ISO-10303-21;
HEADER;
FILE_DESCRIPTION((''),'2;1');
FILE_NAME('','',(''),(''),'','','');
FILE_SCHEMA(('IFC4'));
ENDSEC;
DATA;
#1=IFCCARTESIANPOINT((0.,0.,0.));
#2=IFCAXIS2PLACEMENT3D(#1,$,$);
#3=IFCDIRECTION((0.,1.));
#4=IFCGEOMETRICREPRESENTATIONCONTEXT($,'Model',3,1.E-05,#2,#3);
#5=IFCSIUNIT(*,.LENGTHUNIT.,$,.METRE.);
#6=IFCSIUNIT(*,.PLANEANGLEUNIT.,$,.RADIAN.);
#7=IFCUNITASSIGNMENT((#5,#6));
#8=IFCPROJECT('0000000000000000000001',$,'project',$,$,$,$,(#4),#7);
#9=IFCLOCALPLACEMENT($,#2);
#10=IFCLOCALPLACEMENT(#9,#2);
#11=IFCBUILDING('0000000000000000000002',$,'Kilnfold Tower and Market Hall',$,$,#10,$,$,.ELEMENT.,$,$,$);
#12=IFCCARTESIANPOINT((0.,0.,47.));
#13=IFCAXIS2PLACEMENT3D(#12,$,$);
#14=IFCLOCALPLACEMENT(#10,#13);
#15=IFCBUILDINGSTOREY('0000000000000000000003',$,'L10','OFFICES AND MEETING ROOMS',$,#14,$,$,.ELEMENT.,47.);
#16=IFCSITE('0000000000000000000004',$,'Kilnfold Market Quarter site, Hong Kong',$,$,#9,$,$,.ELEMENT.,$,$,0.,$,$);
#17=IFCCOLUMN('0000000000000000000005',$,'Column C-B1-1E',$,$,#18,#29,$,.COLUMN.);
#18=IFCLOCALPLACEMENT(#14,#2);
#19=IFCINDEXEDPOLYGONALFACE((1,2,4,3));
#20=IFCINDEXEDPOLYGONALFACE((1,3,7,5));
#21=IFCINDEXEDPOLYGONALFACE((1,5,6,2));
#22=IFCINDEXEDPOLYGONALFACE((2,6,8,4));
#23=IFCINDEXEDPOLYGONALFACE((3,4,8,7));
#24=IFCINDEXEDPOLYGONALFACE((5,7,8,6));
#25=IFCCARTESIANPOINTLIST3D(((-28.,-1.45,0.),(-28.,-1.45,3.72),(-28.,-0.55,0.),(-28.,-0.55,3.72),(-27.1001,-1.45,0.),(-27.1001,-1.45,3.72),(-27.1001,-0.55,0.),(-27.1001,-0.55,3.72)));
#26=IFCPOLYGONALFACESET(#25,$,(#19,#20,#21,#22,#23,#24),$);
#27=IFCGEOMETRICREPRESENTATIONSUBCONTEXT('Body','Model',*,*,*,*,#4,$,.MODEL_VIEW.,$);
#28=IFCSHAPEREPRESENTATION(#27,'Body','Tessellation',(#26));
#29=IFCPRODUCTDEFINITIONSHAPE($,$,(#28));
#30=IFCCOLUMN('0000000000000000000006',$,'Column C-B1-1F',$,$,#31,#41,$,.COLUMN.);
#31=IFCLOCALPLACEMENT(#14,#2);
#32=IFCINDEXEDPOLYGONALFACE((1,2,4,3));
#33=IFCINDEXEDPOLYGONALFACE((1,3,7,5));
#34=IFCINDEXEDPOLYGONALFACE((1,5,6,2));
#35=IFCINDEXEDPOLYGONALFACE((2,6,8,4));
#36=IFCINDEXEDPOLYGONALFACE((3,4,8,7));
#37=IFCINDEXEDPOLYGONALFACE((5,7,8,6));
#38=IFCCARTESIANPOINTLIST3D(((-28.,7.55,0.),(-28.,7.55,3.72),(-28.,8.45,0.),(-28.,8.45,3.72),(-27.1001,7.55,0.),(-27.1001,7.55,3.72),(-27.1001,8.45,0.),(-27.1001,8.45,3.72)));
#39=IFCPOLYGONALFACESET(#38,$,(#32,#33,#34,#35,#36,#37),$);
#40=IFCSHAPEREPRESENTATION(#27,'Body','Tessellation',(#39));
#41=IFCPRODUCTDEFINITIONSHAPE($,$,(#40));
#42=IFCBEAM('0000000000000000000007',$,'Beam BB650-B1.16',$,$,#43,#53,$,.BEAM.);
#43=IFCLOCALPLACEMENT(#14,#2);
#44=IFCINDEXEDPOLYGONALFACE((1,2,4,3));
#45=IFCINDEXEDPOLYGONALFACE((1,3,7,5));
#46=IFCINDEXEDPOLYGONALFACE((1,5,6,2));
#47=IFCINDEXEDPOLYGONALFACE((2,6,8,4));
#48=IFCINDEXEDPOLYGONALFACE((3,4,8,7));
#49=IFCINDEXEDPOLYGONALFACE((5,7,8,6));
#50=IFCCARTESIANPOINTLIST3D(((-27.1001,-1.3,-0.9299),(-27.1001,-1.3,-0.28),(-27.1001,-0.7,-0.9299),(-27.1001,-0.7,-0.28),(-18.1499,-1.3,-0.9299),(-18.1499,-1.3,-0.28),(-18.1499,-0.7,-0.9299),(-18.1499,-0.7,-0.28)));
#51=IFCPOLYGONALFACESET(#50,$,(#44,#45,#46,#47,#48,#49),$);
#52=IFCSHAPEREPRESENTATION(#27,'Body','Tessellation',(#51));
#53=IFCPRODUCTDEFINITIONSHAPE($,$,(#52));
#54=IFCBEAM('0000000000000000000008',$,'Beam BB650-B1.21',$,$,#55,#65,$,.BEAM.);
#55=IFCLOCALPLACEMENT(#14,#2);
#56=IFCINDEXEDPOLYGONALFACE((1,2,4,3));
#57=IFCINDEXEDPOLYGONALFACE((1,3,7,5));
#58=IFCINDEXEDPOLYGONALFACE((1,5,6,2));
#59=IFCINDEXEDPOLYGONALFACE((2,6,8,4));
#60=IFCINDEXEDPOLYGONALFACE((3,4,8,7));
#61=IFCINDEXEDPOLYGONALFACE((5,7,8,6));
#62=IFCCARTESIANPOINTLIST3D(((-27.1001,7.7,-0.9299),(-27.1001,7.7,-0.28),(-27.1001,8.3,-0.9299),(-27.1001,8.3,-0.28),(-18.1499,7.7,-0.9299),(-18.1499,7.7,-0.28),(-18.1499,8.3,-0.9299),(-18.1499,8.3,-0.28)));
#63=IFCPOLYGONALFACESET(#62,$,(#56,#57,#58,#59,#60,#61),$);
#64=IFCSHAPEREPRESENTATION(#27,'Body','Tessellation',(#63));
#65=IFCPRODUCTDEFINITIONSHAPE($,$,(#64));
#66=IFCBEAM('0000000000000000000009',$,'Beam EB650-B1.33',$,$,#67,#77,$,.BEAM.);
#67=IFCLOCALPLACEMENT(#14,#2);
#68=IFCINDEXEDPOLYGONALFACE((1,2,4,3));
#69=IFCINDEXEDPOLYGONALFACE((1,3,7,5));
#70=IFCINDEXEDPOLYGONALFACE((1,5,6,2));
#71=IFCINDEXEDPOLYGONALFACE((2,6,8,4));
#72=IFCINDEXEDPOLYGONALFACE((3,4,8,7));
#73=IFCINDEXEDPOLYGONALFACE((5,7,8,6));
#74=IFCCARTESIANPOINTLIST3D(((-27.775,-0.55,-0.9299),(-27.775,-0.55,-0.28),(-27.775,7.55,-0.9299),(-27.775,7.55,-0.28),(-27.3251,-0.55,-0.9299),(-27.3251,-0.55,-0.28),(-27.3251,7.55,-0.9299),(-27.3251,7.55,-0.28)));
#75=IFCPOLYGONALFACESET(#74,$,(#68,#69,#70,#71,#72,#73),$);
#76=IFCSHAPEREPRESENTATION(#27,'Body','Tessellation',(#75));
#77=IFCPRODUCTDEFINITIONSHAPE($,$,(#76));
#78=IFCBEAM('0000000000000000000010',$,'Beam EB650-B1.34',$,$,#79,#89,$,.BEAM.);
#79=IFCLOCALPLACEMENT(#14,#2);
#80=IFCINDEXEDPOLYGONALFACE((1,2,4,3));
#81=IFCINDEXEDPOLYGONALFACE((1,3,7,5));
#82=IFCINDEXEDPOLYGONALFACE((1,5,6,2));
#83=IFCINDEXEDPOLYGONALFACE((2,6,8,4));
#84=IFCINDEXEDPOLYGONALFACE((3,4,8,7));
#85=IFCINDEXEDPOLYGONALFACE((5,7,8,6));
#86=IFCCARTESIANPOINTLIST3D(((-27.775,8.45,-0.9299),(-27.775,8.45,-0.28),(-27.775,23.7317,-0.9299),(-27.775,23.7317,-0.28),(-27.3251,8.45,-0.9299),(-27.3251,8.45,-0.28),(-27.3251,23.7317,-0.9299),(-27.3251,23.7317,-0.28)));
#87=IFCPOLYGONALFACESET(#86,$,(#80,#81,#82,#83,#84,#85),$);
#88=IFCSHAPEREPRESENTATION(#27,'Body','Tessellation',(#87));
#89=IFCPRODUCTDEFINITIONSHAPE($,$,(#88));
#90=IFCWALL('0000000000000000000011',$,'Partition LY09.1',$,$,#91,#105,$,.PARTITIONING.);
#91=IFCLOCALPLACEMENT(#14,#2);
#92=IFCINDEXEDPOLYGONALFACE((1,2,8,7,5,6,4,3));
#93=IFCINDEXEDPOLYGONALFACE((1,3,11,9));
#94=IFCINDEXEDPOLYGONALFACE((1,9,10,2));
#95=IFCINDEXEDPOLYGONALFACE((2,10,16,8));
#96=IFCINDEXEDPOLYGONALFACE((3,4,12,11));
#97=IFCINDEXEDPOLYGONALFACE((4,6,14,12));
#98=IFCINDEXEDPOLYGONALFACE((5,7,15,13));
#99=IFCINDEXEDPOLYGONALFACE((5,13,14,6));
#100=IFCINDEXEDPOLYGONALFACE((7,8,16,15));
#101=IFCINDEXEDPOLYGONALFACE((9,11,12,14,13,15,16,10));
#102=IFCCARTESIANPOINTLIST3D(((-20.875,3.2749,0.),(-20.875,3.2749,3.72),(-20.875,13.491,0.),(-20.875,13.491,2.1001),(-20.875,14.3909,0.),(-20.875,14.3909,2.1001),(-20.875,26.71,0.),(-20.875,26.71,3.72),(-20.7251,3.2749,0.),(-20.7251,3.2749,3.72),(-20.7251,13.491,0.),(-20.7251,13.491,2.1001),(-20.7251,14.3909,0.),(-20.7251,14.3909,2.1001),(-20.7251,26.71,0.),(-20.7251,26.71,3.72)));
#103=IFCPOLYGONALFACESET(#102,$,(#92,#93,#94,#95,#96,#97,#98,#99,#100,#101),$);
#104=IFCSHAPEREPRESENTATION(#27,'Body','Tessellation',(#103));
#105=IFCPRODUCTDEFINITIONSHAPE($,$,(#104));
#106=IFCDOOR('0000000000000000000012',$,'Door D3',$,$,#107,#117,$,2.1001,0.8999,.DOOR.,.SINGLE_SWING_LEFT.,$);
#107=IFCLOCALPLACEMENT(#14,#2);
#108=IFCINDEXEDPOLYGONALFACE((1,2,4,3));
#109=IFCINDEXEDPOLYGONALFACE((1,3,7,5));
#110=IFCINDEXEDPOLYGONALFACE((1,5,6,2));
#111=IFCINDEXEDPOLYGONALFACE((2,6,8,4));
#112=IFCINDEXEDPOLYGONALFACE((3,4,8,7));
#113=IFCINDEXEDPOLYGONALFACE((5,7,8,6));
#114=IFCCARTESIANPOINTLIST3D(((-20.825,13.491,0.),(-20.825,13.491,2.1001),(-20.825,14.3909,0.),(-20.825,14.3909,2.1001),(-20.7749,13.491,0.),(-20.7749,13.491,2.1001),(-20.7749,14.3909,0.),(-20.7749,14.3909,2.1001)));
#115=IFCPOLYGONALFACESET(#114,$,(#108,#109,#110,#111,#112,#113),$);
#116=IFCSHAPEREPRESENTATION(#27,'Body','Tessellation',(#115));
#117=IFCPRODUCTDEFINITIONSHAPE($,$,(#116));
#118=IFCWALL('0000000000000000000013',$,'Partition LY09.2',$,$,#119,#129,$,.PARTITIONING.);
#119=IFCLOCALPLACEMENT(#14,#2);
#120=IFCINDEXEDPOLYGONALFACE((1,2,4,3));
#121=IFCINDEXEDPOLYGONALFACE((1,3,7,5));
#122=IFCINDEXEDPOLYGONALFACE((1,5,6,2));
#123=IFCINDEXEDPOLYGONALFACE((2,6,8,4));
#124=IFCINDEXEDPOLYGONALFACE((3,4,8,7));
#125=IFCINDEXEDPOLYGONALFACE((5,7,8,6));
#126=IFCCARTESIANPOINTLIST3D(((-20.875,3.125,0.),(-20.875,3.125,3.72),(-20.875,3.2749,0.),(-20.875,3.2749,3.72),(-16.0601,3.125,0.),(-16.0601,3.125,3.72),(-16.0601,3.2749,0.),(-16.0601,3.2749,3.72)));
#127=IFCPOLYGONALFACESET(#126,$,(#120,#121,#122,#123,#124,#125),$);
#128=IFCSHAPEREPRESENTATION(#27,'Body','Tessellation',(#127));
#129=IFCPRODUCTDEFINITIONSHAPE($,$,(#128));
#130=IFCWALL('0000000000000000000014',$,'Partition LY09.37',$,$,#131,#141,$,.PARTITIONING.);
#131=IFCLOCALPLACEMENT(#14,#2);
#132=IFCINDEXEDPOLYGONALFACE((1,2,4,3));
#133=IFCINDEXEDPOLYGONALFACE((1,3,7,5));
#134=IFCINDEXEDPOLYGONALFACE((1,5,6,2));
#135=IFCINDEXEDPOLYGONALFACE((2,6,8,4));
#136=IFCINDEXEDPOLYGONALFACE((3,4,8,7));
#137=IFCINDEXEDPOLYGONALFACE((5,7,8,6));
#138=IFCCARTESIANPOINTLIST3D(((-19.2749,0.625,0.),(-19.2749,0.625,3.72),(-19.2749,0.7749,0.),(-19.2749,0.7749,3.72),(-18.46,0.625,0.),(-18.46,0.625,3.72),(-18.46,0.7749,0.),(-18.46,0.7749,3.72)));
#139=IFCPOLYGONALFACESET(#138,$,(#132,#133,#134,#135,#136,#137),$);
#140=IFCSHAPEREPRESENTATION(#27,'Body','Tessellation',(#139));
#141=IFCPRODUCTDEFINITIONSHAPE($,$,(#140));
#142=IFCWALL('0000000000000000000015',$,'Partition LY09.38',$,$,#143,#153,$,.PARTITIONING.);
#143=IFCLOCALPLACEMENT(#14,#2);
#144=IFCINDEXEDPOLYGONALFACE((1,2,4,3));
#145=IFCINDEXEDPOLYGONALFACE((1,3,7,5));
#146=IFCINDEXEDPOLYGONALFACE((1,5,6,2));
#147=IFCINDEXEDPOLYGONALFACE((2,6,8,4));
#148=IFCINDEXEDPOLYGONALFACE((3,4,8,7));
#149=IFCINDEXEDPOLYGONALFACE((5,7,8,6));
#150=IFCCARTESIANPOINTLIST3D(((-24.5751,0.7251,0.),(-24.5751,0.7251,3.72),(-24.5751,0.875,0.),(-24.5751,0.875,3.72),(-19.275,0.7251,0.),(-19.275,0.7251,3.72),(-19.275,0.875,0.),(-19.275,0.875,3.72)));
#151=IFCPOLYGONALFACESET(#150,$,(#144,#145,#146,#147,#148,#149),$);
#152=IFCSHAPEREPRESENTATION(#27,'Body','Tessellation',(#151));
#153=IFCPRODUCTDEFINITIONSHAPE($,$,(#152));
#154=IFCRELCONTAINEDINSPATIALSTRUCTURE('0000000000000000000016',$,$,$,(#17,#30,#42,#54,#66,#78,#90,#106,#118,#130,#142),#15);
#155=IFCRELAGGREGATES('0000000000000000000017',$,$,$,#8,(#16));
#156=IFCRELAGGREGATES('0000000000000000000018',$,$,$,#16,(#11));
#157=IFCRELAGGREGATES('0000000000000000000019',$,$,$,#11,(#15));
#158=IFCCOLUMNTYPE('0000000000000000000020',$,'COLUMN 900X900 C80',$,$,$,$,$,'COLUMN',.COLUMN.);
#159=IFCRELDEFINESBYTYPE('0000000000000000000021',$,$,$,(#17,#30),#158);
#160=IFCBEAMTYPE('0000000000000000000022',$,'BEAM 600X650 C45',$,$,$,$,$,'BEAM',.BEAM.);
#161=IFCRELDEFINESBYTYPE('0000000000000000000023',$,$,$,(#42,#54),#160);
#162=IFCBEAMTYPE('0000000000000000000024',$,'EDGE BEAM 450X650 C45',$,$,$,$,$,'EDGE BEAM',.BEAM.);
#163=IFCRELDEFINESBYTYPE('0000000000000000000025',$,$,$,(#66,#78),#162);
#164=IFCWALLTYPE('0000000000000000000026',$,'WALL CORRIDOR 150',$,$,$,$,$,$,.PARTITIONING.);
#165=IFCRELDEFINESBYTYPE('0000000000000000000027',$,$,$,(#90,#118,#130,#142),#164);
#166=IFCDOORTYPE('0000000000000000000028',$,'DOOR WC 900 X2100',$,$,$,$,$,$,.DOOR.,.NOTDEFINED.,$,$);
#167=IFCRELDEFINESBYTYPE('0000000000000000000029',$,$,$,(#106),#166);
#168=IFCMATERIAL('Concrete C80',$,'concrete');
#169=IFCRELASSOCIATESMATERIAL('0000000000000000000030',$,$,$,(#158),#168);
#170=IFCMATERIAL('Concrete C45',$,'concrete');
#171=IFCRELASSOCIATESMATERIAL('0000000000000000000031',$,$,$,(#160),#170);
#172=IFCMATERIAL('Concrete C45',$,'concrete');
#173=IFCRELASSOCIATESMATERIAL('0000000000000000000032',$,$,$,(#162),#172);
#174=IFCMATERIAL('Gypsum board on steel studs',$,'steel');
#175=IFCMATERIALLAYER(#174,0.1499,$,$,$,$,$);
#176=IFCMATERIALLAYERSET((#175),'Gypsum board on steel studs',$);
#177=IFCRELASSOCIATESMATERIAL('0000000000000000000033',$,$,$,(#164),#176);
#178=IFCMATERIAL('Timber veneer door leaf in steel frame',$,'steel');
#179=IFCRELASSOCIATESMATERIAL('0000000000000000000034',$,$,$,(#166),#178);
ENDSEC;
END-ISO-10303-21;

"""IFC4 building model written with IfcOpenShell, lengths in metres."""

from ifc_helpers import new_model, si_unit, direction, frame, frame_2d, origin, origin_2d, place, context, subcontext, project, spatial, rectangle, extrude, source, transform, mapped, material, layer, layer_set, material_profile, profile_set, type_object, element, fill, save


model = new_model("IFC4")

# Units and contexts
model_context = context("Model", 3, precision=1e-05, world=origin(), true_north=direction((0.0, 1.0)))
body_context = subcontext(model_context, "Body", "Model", "MODEL_VIEW")
ifc_project = project(units=[si_unit("LENGTHUNIT", "METRE"), si_unit("PLANEANGLEUNIT", "RADIAN")], contexts=[model_context])

# Site, building, storey
site_placement = place(None, origin())
site = spatial("IfcSite", under=ifc_project, at=site_placement, Name="Kilnfold Market Quarter site, Hong Kong", CompositionType="ELEMENT", RefElevation=0.0)
building_placement = place(site_placement, origin())
building = spatial("IfcBuilding", under=site, at=building_placement, Name="Kilnfold Tower and Market Hall", CompositionType="ELEMENT")
storey_placement = place(building_placement, frame((0.0, 0.0, 47.0)))
storey = spatial("IfcBuildingStorey", under=building, at=storey_placement, Name="L10", Description="OFFICES AND MEETING ROOMS", CompositionType="ELEMENT", Elevation=47.0)

# Columns
ifc_material_1 = material(Name="Concrete C80", Category="concrete")
ifc_material_profile_1 = material_profile(ifc_material_1, rectangle(XDim=0.8999, YDim=0.8999, at=origin_2d()), Name="RC 900x900")
ifc_profile_set_1 = profile_set([ifc_material_profile_1], Name="Concrete C80")
column_type = type_object("IfcColumnType", Name="COLUMN 900X900 C80", ElementType="COLUMN", PredefinedType="COLUMN", material=ifc_profile_set_1)
shared_shape_1 = source(origin(), body_context, "Body", "SweptSolid", [
    extrude(rectangle(XDim=0.8999, YDim=0.8999, at=origin_2d()), origin(), (0.0, 0.0, 1.0), 3.72),
])
for number, where, z_axis, x_axis, name in (
    (1, (-27.55, -1.0, 0.0), (0.0, 0.0, 1.0), (1.0, 0.0, 0.0), "Column C-B1-1E"),
    (2, (-27.55, 8.0, 0.0), (0.0, 0.0, 1.0), (1.0, 0.0, 0.0), "Column C-B1-1F"),
):
    element("IfcColumn", number, at=place(storey_placement, frame(where, z_axis=z_axis, x_axis=x_axis)), inside=storey, type_object=column_type, Name=name, PredefinedType="COLUMN", context=body_context, shape_type="MappedRepresentation", body=[
        mapped(shared_shape_1, transform((0.0, 0.0, 0.0))),
    ])

# Beams
ifc_material_2 = material(Name="Concrete C45", Category="concrete")
ifc_material_profile_2 = material_profile(ifc_material_2, rectangle(XDim=0.6001, YDim=0.6499, at=origin_2d()), Name="RC 600x650")
ifc_profile_set_2 = profile_set([ifc_material_profile_2], Name="Concrete C45")
beam_type_1 = type_object("IfcBeamType", Name="BEAM 600X650 C45", ElementType="BEAM", PredefinedType="BEAM", material=ifc_profile_set_2)
shared_shape_2 = source(origin(), body_context, "Body", "SweptSolid", [
    extrude(rectangle(XDim=0.6001, YDim=0.6499, at=origin_2d()), origin(), (0.0, 0.0, 1.0), 8.9502),
])
for number, where, z_axis, x_axis, name in (
    (3, (-27.1001, -1.0, -0.605), (1.0, 0.0, 0.0), (0.0, 1.0, 0.0), "Beam BB650-B1.16"),
    (4, (-27.1001, 8.0, -0.605), (1.0, 0.0, 0.0), (0.0, 1.0, 0.0), "Beam BB650-B1.21"),
):
    element("IfcBeam", number, at=place(storey_placement, frame(where, z_axis=z_axis, x_axis=x_axis)), inside=storey, type_object=beam_type_1, Name=name, PredefinedType="BEAM", context=body_context, shape_type="MappedRepresentation", body=[
        mapped(shared_shape_2, transform((0.0, 0.0, 0.0))),
    ])
ifc_material_3 = material(Name="Concrete C45", Category="concrete")
ifc_material_profile_3 = material_profile(ifc_material_3, rectangle(XDim=0.45, YDim=0.6499, at=origin_2d()), Name="RC 450x650")
ifc_profile_set_3 = profile_set([ifc_material_profile_3], Name="Concrete C45")
beam_type_2 = type_object("IfcBeamType", Name="EDGE BEAM 450X650 C45", ElementType="EDGE BEAM", PredefinedType="BEAM", material=ifc_profile_set_3)
shared_shape_3 = source(origin(), body_context, "Body", "SweptSolid", [
    extrude(rectangle(XDim=0.45, YDim=0.6499, at=origin_2d()), origin(), (0.0, 0.0, 1.0), 8.1001),
])
beam_1_placement = place(storey_placement, frame((-27.55, -0.55, -0.605), z_axis=(0.0, 1.0, 0.0), x_axis=(-1.0, 0.0, 0.0)))
element("IfcBeam", 5, at=beam_1_placement, inside=storey, type_object=beam_type_2, Name="Beam EB650-B1.33", PredefinedType="BEAM", context=body_context, shape_type="MappedRepresentation", body=[
    mapped(shared_shape_3, transform((0.0, 0.0, 0.0))),
])
shared_shape_4 = source(origin(), body_context, "Body", "SweptSolid", [
    extrude(rectangle(XDim=0.45, YDim=0.6499, at=origin_2d()), origin(), (0.0, 0.0, 1.0), 15.2817),
])
beam_2_placement = place(storey_placement, frame((-27.55, 8.45, -0.605), z_axis=(0.0, 1.0, 0.0), x_axis=(-1.0, 0.0, 0.0)))
element("IfcBeam", 6, at=beam_2_placement, inside=storey, type_object=beam_type_2, Name="Beam EB650-B1.34", PredefinedType="BEAM", context=body_context, shape_type="MappedRepresentation", body=[
    mapped(shared_shape_4, transform((0.0, 0.0, 0.0))),
])

# Wall, opening, door
ifc_material_4 = material(Name="Gypsum board on steel studs", Category="steel")
ifc_layer_1 = layer(ifc_material_4, 0.1499)
ifc_layer_set_1 = layer_set([ifc_layer_1], Name="Gypsum board on steel studs")
wall_type_1 = type_object("IfcWallType", Name="WALL CORRIDOR 150", PredefinedType="PARTITIONING", material=ifc_layer_set_1)
wall_1_placement = place(storey_placement, frame((-20.8, 3.2749, 0.0), z_axis=(0.0, 0.0, 1.0), x_axis=(0.0, 1.0, 0.0)))
wall_1 = element("IfcWall", 7, at=wall_1_placement, inside=storey, type_object=wall_type_1, Name="Partition LY09.1", PredefinedType="PARTITIONING", context=body_context, shape_type="SweptSolid", body=[
    extrude(rectangle(XDim=23.4351, YDim=0.1499, at=frame_2d((11.7175, 0.0))), origin(), (0.0, 0.0, 1.0), 3.72),
])
opening_1_placement = place(wall_1_placement, frame((10.2161, 0.0, 0.0)))
opening_1 = element("IfcOpeningElement", 8, at=opening_1_placement, cuts=wall_1, PredefinedType="OPENING", context=body_context, shape_type="SweptSolid", body=[
    extrude(rectangle(XDim=0.8999, YDim=2.1001, at=frame_2d((0.45, 1.05))), frame((0.0, 0.085, 0.0), z_axis=(0.0, -1.0, 0.0), x_axis=(1.0, 0.0, 0.0)), (0.0, 0.0, 1.0), 0.1699),
])
ifc_material_5 = material(Name="Timber veneer door leaf in steel frame", Category="steel")
door_type = type_object("IfcDoorType", Name="DOOR WC 900 X2100", OperationType="NOTDEFINED", PredefinedType="DOOR", material=ifc_material_5)
door_placement = place(opening_1_placement, origin())
door = element("IfcDoor", 9, at=door_placement, inside=storey, type_object=door_type, Name="Door D3", OperationType="SINGLE_SWING_LEFT", OverallHeight=2.1001, OverallWidth=0.8999, PredefinedType="DOOR", context=body_context, shape_type="SweptSolid", body=[
    extrude(rectangle(XDim=0.8999, YDim=2.1001, at=frame_2d((0.45, 1.05))), frame((0.0, 0.0249, 0.0), z_axis=(0.0, -1.0, 0.0), x_axis=(1.0, 0.0, 0.0)), (0.0, 0.0, 1.0), 0.05),
])
fill(opening_1, door)

# Walls
wall_2_placement = place(storey_placement, frame((-20.875, 3.2, 0.0), z_axis=(0.0, 0.0, 1.0), x_axis=(1.0, 0.0, 0.0)))
element("IfcWall", 10, at=wall_2_placement, inside=storey, type_object=wall_type_1, Name="Partition LY09.2", PredefinedType="PARTITIONING", context=body_context, shape_type="SweptSolid", body=[
    extrude(rectangle(XDim=4.8149, YDim=0.1499, at=frame_2d((2.4075, 0.0))), origin(), (0.0, 0.0, 1.0), 3.72),
])
wall_3_placement = place(storey_placement, frame((-19.2749, 0.7, 0.0), z_axis=(0.0, 0.0, 1.0), x_axis=(1.0, 0.0, 0.0)))
element("IfcWall", 11, at=wall_3_placement, inside=storey, type_object=wall_type_1, Name="Partition LY09.37", PredefinedType="PARTITIONING", context=body_context, shape_type="SweptSolid", body=[
    extrude(rectangle(XDim=0.8149, YDim=0.1499, at=frame_2d((0.4075, 0.0))), origin(), (0.0, 0.0, 1.0), 3.72),
])
wall_4_placement = place(storey_placement, frame((-24.575, 0.8, 0.0), z_axis=(0.0, 0.0, 1.0), x_axis=(1.0, 0.0, 0.0)))
element("IfcWall", 12, at=wall_4_placement, inside=storey, type_object=wall_type_1, Name="Partition LY09.38", PredefinedType="PARTITIONING", context=body_context, shape_type="SweptSolid", body=[
    extrude(rectangle(XDim=5.3, YDim=0.1499, at=frame_2d((2.6499, 0.0))), origin(), (0.0, 0.0, 1.0), 3.72),
])

save(model, "model.ifc")
